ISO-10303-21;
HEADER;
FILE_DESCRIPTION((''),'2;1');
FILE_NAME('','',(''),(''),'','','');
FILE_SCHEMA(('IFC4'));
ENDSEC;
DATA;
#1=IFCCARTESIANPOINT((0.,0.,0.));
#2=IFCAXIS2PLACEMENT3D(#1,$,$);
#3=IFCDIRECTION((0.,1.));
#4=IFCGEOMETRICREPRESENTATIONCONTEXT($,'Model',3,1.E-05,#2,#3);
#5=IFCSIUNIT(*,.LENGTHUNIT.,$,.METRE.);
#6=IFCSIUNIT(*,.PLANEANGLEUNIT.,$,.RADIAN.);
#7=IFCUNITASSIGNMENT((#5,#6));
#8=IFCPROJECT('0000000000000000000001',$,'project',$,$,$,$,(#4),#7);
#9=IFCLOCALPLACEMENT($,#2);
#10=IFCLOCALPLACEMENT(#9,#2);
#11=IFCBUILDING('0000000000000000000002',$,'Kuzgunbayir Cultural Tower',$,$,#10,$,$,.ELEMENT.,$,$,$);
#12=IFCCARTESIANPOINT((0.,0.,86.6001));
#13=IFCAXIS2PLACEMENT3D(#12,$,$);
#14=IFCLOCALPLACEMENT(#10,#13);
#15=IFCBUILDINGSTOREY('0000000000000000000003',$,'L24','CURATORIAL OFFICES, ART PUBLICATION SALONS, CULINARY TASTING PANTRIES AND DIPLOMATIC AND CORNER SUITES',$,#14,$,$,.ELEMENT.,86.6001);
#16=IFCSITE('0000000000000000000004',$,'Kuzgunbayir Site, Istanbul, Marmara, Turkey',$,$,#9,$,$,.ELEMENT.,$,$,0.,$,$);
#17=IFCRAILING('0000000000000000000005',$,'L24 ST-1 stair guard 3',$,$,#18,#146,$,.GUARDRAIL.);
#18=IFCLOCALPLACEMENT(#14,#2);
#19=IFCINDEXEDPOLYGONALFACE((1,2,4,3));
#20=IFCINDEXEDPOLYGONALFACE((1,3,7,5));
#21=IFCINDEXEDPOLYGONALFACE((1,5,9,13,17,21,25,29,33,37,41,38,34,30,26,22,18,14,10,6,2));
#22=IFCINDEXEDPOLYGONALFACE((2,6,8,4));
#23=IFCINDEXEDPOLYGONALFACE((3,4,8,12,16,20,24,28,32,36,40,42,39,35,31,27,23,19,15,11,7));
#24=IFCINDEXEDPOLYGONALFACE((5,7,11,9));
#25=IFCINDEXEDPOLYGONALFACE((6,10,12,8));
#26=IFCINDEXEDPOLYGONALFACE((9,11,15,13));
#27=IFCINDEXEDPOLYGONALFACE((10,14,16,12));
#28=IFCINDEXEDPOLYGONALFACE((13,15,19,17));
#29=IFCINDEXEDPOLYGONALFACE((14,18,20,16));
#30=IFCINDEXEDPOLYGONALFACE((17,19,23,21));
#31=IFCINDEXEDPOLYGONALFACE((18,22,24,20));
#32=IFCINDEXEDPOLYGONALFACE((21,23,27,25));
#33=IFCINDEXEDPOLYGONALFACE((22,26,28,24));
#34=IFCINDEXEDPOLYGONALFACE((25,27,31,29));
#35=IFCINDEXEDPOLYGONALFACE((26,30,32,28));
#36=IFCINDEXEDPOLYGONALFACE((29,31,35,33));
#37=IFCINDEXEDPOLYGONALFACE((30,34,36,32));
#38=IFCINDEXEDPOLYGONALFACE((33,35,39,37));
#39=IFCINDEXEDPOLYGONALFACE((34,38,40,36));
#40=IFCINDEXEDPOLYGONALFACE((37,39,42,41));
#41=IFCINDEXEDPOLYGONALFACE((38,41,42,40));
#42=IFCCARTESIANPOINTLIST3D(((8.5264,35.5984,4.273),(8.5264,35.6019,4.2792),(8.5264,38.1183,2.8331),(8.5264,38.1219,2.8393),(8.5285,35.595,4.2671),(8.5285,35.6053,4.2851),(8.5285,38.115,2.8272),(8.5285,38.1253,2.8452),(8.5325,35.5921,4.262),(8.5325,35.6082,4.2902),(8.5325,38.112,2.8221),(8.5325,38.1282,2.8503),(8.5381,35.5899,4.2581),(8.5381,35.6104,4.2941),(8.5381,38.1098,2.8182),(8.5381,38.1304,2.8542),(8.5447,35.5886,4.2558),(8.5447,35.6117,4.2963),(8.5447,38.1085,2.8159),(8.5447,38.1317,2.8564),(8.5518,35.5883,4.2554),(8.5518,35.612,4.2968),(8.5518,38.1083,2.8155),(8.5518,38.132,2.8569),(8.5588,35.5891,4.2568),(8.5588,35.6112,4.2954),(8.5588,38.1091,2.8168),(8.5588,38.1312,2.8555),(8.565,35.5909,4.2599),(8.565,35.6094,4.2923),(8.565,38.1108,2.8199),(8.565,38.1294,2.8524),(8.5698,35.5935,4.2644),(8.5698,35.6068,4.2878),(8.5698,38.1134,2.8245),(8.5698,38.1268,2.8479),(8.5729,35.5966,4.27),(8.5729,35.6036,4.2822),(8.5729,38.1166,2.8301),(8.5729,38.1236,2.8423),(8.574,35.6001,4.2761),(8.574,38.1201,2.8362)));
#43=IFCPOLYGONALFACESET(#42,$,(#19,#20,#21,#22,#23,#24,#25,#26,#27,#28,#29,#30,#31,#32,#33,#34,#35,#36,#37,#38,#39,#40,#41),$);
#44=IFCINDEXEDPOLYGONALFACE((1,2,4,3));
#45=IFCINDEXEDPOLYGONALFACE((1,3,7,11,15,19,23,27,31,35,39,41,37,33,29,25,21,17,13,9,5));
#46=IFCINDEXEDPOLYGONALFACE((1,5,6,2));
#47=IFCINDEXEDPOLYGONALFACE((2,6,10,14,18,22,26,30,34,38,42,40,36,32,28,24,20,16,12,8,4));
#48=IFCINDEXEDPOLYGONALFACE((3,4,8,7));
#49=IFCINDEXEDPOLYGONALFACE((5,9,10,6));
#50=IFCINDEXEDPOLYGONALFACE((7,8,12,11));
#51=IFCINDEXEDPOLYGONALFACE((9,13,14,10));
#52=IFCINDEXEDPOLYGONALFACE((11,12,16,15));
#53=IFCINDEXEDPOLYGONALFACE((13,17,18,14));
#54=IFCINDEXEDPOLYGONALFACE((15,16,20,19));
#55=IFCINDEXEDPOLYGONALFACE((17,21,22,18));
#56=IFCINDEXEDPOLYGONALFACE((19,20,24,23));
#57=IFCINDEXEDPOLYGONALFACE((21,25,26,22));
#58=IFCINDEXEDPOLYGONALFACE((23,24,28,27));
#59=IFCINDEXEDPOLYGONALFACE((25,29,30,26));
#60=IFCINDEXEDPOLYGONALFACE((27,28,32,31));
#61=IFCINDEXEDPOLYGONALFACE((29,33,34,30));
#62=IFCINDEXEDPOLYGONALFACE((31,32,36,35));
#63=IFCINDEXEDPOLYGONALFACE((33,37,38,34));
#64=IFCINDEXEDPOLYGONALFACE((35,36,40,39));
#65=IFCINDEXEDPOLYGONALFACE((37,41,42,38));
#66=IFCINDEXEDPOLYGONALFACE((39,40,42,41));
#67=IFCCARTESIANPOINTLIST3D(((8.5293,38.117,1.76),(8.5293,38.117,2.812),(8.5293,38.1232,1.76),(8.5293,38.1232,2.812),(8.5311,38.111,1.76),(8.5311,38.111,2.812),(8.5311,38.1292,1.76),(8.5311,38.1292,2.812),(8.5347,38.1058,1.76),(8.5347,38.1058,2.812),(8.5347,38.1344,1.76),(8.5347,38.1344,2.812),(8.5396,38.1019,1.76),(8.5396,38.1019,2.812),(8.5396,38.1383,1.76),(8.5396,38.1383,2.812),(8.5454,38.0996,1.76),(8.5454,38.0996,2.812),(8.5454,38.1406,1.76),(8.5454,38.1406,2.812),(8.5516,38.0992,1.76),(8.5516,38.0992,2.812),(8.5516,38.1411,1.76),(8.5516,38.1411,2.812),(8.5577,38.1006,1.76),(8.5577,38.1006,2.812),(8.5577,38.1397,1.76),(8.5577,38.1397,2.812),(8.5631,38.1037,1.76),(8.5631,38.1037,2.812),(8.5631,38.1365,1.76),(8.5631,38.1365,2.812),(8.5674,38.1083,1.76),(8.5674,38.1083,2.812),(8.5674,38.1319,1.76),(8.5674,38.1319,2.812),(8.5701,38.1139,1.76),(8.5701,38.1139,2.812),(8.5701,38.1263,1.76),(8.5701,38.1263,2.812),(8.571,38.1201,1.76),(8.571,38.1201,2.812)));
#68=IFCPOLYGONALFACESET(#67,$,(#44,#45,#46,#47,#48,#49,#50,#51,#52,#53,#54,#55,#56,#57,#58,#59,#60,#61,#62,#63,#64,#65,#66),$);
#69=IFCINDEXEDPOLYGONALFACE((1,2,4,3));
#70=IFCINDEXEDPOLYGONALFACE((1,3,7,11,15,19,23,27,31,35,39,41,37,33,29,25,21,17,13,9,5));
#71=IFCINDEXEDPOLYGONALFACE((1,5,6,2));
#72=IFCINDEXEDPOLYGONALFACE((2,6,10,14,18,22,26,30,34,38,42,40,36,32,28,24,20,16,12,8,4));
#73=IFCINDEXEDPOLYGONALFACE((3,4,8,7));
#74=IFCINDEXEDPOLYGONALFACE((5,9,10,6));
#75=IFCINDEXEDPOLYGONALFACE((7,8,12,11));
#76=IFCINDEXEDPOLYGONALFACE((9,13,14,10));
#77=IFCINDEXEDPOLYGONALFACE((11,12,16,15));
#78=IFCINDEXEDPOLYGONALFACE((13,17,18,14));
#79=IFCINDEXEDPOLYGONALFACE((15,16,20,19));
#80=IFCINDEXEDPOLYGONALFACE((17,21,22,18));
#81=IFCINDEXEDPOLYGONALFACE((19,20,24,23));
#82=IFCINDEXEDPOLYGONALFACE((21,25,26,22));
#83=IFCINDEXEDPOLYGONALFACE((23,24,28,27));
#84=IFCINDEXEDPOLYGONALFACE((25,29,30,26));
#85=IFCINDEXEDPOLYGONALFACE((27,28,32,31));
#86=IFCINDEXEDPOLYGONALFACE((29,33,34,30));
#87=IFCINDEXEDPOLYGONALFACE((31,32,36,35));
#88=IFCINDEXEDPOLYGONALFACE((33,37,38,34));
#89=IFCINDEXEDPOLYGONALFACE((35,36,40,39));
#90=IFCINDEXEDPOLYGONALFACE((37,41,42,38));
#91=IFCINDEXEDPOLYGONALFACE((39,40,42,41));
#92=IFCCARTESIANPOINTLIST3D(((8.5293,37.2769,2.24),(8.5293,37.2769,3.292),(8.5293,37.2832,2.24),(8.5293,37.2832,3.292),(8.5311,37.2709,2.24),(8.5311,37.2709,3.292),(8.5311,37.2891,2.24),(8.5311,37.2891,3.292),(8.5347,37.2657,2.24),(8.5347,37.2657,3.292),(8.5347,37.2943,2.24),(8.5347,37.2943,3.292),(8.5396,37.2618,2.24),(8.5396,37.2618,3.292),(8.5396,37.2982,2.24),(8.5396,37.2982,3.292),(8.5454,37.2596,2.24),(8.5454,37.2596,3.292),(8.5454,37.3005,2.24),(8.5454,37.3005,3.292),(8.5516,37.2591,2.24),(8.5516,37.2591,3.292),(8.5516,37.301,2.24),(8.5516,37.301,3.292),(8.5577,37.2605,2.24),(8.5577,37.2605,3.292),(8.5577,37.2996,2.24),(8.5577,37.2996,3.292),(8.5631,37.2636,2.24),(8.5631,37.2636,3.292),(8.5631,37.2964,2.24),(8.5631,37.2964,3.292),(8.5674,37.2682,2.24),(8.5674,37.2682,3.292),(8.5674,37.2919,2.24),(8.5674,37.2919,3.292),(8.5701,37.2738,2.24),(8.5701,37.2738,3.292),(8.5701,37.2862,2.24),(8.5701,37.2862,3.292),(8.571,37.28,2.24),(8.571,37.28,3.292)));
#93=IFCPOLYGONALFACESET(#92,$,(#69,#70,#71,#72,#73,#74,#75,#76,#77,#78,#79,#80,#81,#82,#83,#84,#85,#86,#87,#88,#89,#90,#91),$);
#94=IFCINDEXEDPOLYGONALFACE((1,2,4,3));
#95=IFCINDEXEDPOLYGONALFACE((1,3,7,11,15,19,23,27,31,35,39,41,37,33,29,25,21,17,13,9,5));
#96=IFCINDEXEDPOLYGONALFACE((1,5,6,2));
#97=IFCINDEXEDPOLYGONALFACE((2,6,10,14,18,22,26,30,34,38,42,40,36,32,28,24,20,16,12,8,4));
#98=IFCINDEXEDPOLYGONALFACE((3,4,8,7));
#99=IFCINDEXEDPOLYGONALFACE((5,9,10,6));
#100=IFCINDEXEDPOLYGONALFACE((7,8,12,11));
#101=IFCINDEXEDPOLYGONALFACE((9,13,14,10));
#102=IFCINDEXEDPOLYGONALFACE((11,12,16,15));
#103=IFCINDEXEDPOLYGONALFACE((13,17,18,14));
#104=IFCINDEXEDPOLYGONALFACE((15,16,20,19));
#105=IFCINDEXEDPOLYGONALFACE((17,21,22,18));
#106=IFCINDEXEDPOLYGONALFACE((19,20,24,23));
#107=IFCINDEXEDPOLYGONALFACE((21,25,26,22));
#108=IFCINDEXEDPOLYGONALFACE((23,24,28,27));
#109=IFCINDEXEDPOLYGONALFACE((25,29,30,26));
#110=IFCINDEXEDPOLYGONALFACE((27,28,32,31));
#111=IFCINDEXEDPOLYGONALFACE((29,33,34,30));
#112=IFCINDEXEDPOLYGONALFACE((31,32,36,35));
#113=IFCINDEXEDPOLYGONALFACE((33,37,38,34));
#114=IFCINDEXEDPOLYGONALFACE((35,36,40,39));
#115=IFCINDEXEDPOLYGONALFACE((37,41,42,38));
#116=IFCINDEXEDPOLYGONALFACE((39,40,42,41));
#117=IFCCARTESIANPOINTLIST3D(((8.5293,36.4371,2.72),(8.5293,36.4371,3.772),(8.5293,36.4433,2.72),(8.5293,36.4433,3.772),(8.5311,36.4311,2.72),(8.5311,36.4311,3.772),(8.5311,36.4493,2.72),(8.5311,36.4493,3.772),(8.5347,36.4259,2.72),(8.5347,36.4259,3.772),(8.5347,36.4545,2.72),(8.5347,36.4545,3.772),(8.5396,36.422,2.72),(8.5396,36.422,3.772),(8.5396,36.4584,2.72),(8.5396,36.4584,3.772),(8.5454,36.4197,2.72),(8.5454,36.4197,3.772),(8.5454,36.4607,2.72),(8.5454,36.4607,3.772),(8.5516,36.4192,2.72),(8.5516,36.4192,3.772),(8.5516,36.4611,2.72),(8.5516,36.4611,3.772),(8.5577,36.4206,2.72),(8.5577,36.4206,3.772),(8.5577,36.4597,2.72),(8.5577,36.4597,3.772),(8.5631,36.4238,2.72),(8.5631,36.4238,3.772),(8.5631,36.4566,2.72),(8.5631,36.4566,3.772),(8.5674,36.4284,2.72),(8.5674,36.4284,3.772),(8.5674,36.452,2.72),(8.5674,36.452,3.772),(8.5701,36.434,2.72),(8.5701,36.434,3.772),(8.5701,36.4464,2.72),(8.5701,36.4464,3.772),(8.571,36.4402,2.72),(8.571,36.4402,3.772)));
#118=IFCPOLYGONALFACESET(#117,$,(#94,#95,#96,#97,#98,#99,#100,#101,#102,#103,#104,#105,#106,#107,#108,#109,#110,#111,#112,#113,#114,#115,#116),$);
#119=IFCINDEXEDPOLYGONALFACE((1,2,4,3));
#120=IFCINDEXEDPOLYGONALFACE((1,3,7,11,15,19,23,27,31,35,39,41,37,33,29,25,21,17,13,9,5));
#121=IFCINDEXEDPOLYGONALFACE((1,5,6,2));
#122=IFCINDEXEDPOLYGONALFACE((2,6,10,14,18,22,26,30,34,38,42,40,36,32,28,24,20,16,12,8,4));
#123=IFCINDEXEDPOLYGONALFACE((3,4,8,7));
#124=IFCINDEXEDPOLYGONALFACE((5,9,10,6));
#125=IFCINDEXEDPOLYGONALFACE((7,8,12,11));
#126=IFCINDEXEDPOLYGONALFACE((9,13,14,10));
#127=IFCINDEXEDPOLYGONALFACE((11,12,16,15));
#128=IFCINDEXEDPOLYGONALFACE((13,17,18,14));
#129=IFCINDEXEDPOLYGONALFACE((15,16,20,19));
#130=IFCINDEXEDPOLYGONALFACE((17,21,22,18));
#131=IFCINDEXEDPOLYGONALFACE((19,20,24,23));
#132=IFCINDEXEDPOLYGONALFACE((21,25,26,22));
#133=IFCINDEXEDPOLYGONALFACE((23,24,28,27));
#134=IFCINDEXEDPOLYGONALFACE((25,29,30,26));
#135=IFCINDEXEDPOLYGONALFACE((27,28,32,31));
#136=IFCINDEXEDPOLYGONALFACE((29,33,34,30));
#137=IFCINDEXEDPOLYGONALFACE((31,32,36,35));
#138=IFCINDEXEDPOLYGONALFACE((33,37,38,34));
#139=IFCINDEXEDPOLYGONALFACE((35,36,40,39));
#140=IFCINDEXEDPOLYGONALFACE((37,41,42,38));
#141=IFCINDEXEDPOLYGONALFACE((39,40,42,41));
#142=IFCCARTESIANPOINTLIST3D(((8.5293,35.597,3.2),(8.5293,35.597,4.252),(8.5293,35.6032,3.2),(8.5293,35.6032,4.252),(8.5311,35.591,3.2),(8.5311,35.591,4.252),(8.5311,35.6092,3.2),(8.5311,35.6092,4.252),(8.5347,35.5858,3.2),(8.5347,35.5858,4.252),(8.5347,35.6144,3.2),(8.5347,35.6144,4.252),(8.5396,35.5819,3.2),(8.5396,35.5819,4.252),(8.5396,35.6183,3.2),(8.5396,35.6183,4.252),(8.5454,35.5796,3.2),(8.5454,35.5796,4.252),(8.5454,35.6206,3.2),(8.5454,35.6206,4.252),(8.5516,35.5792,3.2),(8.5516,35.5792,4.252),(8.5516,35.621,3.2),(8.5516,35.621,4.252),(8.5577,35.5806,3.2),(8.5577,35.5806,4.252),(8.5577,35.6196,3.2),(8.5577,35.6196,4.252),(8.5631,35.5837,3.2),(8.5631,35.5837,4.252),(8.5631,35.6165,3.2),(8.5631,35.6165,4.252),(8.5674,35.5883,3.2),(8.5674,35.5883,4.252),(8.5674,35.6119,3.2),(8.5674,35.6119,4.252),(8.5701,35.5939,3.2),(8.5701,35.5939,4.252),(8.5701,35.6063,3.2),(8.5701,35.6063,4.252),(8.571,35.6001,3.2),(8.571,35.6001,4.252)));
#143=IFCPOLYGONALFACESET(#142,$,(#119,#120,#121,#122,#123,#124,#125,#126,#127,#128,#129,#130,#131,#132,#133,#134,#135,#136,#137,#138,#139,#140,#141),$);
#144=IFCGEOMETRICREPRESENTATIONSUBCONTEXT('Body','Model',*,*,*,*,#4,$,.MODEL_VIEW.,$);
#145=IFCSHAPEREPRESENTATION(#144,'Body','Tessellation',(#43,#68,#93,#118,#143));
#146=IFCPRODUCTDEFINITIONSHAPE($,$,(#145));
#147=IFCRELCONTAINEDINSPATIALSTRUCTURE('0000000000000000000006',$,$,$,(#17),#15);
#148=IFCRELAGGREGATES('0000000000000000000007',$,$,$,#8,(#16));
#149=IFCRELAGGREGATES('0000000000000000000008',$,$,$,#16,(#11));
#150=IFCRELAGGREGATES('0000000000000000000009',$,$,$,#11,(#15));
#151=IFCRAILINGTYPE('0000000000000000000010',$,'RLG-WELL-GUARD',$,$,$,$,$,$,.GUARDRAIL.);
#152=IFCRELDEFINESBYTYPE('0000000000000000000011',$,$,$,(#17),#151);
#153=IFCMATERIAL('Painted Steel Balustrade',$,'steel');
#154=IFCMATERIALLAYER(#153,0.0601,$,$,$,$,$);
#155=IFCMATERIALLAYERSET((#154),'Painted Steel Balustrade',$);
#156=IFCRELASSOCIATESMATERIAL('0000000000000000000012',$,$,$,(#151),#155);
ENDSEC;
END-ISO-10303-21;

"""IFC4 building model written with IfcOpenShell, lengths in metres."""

from ifc_helpers import new_model, si_unit, direction, frame, origin, origin_2d, place, context, subcontext, project, spatial, circle, extrude, material, layer, layer_set, type_object, element, save


model = new_model("IFC4")

# Units and contexts
model_context = context("Model", 3, precision=1e-05, world=origin(), true_north=direction((0.0, 1.0)))
body_context = subcontext(model_context, "Body", "Model", "MODEL_VIEW")
ifc_project = project(units=[si_unit("LENGTHUNIT", "METRE"), si_unit("PLANEANGLEUNIT", "RADIAN")], contexts=[model_context])

# Site, building, storey
site_placement = place(None, origin())
site = spatial("IfcSite", under=ifc_project, at=site_placement, Name="Kuzgunbayir Site, Istanbul, Marmara, Turkey", CompositionType="ELEMENT", RefElevation=0.0)
building_placement = place(site_placement, origin())
building = spatial("IfcBuilding", under=site, at=building_placement, Name="Kuzgunbayir Cultural Tower", CompositionType="ELEMENT")
storey_placement = place(building_placement, frame((0.0, 0.0, 86.6001)))
storey = spatial("IfcBuildingStorey", under=building, at=storey_placement, Name="L24", Description="CURATORIAL OFFICES, ART PUBLICATION SALONS, CULINARY TASTING PANTRIES AND DIPLOMATIC AND CORNER SUITES", CompositionType="ELEMENT", Elevation=86.6001)

# Railing
ifc_material_1 = material(Name="Painted Steel Balustrade", Category="steel")
ifc_layer_1 = layer(ifc_material_1, 0.0601)
ifc_layer_set_1 = layer_set([ifc_layer_1], Name="Painted Steel Balustrade")
railing_type_1 = type_object("IfcRailingType", Name="RLG-WELL-GUARD", PredefinedType="GUARDRAIL", material=ifc_layer_set_1)
railing_1_placement = place(storey_placement, frame((8.55, 38.1201, 1.76)))
element("IfcRailing", 1, at=railing_1_placement, inside=storey, type_object=railing_type_1, Name="L24 ST-1 stair guard 3", PredefinedType="GUARDRAIL", context=body_context, shape_type="SweptSolid", body=[
    extrude(circle(Radius=0.0239, at=origin_2d()), frame((0.0, 0.0, 1.0762), z_axis=(0.0, -0.868253, 0.496121), x_axis=(1.0, 0.0, 0.0)), (0.0, 0.0, 1.0), 2.9023),
    extrude(circle(Radius=0.021, at=origin_2d()), origin(), (0.0, 0.0, 1.0), 1.052),
    extrude(circle(Radius=0.021, at=origin_2d()), frame((0.0, -0.8401, 0.48)), (0.0, 0.0, 1.0), 1.052),
    extrude(circle(Radius=0.021, at=origin_2d()), frame((0.0, -1.6799, 0.96)), (0.0, 0.0, 1.0), 1.052),
    extrude(circle(Radius=0.021, at=origin_2d()), frame((0.0, -2.52, 1.4399)), (0.0, 0.0, 1.0), 1.052),
])

save(model, "model.ifc")
